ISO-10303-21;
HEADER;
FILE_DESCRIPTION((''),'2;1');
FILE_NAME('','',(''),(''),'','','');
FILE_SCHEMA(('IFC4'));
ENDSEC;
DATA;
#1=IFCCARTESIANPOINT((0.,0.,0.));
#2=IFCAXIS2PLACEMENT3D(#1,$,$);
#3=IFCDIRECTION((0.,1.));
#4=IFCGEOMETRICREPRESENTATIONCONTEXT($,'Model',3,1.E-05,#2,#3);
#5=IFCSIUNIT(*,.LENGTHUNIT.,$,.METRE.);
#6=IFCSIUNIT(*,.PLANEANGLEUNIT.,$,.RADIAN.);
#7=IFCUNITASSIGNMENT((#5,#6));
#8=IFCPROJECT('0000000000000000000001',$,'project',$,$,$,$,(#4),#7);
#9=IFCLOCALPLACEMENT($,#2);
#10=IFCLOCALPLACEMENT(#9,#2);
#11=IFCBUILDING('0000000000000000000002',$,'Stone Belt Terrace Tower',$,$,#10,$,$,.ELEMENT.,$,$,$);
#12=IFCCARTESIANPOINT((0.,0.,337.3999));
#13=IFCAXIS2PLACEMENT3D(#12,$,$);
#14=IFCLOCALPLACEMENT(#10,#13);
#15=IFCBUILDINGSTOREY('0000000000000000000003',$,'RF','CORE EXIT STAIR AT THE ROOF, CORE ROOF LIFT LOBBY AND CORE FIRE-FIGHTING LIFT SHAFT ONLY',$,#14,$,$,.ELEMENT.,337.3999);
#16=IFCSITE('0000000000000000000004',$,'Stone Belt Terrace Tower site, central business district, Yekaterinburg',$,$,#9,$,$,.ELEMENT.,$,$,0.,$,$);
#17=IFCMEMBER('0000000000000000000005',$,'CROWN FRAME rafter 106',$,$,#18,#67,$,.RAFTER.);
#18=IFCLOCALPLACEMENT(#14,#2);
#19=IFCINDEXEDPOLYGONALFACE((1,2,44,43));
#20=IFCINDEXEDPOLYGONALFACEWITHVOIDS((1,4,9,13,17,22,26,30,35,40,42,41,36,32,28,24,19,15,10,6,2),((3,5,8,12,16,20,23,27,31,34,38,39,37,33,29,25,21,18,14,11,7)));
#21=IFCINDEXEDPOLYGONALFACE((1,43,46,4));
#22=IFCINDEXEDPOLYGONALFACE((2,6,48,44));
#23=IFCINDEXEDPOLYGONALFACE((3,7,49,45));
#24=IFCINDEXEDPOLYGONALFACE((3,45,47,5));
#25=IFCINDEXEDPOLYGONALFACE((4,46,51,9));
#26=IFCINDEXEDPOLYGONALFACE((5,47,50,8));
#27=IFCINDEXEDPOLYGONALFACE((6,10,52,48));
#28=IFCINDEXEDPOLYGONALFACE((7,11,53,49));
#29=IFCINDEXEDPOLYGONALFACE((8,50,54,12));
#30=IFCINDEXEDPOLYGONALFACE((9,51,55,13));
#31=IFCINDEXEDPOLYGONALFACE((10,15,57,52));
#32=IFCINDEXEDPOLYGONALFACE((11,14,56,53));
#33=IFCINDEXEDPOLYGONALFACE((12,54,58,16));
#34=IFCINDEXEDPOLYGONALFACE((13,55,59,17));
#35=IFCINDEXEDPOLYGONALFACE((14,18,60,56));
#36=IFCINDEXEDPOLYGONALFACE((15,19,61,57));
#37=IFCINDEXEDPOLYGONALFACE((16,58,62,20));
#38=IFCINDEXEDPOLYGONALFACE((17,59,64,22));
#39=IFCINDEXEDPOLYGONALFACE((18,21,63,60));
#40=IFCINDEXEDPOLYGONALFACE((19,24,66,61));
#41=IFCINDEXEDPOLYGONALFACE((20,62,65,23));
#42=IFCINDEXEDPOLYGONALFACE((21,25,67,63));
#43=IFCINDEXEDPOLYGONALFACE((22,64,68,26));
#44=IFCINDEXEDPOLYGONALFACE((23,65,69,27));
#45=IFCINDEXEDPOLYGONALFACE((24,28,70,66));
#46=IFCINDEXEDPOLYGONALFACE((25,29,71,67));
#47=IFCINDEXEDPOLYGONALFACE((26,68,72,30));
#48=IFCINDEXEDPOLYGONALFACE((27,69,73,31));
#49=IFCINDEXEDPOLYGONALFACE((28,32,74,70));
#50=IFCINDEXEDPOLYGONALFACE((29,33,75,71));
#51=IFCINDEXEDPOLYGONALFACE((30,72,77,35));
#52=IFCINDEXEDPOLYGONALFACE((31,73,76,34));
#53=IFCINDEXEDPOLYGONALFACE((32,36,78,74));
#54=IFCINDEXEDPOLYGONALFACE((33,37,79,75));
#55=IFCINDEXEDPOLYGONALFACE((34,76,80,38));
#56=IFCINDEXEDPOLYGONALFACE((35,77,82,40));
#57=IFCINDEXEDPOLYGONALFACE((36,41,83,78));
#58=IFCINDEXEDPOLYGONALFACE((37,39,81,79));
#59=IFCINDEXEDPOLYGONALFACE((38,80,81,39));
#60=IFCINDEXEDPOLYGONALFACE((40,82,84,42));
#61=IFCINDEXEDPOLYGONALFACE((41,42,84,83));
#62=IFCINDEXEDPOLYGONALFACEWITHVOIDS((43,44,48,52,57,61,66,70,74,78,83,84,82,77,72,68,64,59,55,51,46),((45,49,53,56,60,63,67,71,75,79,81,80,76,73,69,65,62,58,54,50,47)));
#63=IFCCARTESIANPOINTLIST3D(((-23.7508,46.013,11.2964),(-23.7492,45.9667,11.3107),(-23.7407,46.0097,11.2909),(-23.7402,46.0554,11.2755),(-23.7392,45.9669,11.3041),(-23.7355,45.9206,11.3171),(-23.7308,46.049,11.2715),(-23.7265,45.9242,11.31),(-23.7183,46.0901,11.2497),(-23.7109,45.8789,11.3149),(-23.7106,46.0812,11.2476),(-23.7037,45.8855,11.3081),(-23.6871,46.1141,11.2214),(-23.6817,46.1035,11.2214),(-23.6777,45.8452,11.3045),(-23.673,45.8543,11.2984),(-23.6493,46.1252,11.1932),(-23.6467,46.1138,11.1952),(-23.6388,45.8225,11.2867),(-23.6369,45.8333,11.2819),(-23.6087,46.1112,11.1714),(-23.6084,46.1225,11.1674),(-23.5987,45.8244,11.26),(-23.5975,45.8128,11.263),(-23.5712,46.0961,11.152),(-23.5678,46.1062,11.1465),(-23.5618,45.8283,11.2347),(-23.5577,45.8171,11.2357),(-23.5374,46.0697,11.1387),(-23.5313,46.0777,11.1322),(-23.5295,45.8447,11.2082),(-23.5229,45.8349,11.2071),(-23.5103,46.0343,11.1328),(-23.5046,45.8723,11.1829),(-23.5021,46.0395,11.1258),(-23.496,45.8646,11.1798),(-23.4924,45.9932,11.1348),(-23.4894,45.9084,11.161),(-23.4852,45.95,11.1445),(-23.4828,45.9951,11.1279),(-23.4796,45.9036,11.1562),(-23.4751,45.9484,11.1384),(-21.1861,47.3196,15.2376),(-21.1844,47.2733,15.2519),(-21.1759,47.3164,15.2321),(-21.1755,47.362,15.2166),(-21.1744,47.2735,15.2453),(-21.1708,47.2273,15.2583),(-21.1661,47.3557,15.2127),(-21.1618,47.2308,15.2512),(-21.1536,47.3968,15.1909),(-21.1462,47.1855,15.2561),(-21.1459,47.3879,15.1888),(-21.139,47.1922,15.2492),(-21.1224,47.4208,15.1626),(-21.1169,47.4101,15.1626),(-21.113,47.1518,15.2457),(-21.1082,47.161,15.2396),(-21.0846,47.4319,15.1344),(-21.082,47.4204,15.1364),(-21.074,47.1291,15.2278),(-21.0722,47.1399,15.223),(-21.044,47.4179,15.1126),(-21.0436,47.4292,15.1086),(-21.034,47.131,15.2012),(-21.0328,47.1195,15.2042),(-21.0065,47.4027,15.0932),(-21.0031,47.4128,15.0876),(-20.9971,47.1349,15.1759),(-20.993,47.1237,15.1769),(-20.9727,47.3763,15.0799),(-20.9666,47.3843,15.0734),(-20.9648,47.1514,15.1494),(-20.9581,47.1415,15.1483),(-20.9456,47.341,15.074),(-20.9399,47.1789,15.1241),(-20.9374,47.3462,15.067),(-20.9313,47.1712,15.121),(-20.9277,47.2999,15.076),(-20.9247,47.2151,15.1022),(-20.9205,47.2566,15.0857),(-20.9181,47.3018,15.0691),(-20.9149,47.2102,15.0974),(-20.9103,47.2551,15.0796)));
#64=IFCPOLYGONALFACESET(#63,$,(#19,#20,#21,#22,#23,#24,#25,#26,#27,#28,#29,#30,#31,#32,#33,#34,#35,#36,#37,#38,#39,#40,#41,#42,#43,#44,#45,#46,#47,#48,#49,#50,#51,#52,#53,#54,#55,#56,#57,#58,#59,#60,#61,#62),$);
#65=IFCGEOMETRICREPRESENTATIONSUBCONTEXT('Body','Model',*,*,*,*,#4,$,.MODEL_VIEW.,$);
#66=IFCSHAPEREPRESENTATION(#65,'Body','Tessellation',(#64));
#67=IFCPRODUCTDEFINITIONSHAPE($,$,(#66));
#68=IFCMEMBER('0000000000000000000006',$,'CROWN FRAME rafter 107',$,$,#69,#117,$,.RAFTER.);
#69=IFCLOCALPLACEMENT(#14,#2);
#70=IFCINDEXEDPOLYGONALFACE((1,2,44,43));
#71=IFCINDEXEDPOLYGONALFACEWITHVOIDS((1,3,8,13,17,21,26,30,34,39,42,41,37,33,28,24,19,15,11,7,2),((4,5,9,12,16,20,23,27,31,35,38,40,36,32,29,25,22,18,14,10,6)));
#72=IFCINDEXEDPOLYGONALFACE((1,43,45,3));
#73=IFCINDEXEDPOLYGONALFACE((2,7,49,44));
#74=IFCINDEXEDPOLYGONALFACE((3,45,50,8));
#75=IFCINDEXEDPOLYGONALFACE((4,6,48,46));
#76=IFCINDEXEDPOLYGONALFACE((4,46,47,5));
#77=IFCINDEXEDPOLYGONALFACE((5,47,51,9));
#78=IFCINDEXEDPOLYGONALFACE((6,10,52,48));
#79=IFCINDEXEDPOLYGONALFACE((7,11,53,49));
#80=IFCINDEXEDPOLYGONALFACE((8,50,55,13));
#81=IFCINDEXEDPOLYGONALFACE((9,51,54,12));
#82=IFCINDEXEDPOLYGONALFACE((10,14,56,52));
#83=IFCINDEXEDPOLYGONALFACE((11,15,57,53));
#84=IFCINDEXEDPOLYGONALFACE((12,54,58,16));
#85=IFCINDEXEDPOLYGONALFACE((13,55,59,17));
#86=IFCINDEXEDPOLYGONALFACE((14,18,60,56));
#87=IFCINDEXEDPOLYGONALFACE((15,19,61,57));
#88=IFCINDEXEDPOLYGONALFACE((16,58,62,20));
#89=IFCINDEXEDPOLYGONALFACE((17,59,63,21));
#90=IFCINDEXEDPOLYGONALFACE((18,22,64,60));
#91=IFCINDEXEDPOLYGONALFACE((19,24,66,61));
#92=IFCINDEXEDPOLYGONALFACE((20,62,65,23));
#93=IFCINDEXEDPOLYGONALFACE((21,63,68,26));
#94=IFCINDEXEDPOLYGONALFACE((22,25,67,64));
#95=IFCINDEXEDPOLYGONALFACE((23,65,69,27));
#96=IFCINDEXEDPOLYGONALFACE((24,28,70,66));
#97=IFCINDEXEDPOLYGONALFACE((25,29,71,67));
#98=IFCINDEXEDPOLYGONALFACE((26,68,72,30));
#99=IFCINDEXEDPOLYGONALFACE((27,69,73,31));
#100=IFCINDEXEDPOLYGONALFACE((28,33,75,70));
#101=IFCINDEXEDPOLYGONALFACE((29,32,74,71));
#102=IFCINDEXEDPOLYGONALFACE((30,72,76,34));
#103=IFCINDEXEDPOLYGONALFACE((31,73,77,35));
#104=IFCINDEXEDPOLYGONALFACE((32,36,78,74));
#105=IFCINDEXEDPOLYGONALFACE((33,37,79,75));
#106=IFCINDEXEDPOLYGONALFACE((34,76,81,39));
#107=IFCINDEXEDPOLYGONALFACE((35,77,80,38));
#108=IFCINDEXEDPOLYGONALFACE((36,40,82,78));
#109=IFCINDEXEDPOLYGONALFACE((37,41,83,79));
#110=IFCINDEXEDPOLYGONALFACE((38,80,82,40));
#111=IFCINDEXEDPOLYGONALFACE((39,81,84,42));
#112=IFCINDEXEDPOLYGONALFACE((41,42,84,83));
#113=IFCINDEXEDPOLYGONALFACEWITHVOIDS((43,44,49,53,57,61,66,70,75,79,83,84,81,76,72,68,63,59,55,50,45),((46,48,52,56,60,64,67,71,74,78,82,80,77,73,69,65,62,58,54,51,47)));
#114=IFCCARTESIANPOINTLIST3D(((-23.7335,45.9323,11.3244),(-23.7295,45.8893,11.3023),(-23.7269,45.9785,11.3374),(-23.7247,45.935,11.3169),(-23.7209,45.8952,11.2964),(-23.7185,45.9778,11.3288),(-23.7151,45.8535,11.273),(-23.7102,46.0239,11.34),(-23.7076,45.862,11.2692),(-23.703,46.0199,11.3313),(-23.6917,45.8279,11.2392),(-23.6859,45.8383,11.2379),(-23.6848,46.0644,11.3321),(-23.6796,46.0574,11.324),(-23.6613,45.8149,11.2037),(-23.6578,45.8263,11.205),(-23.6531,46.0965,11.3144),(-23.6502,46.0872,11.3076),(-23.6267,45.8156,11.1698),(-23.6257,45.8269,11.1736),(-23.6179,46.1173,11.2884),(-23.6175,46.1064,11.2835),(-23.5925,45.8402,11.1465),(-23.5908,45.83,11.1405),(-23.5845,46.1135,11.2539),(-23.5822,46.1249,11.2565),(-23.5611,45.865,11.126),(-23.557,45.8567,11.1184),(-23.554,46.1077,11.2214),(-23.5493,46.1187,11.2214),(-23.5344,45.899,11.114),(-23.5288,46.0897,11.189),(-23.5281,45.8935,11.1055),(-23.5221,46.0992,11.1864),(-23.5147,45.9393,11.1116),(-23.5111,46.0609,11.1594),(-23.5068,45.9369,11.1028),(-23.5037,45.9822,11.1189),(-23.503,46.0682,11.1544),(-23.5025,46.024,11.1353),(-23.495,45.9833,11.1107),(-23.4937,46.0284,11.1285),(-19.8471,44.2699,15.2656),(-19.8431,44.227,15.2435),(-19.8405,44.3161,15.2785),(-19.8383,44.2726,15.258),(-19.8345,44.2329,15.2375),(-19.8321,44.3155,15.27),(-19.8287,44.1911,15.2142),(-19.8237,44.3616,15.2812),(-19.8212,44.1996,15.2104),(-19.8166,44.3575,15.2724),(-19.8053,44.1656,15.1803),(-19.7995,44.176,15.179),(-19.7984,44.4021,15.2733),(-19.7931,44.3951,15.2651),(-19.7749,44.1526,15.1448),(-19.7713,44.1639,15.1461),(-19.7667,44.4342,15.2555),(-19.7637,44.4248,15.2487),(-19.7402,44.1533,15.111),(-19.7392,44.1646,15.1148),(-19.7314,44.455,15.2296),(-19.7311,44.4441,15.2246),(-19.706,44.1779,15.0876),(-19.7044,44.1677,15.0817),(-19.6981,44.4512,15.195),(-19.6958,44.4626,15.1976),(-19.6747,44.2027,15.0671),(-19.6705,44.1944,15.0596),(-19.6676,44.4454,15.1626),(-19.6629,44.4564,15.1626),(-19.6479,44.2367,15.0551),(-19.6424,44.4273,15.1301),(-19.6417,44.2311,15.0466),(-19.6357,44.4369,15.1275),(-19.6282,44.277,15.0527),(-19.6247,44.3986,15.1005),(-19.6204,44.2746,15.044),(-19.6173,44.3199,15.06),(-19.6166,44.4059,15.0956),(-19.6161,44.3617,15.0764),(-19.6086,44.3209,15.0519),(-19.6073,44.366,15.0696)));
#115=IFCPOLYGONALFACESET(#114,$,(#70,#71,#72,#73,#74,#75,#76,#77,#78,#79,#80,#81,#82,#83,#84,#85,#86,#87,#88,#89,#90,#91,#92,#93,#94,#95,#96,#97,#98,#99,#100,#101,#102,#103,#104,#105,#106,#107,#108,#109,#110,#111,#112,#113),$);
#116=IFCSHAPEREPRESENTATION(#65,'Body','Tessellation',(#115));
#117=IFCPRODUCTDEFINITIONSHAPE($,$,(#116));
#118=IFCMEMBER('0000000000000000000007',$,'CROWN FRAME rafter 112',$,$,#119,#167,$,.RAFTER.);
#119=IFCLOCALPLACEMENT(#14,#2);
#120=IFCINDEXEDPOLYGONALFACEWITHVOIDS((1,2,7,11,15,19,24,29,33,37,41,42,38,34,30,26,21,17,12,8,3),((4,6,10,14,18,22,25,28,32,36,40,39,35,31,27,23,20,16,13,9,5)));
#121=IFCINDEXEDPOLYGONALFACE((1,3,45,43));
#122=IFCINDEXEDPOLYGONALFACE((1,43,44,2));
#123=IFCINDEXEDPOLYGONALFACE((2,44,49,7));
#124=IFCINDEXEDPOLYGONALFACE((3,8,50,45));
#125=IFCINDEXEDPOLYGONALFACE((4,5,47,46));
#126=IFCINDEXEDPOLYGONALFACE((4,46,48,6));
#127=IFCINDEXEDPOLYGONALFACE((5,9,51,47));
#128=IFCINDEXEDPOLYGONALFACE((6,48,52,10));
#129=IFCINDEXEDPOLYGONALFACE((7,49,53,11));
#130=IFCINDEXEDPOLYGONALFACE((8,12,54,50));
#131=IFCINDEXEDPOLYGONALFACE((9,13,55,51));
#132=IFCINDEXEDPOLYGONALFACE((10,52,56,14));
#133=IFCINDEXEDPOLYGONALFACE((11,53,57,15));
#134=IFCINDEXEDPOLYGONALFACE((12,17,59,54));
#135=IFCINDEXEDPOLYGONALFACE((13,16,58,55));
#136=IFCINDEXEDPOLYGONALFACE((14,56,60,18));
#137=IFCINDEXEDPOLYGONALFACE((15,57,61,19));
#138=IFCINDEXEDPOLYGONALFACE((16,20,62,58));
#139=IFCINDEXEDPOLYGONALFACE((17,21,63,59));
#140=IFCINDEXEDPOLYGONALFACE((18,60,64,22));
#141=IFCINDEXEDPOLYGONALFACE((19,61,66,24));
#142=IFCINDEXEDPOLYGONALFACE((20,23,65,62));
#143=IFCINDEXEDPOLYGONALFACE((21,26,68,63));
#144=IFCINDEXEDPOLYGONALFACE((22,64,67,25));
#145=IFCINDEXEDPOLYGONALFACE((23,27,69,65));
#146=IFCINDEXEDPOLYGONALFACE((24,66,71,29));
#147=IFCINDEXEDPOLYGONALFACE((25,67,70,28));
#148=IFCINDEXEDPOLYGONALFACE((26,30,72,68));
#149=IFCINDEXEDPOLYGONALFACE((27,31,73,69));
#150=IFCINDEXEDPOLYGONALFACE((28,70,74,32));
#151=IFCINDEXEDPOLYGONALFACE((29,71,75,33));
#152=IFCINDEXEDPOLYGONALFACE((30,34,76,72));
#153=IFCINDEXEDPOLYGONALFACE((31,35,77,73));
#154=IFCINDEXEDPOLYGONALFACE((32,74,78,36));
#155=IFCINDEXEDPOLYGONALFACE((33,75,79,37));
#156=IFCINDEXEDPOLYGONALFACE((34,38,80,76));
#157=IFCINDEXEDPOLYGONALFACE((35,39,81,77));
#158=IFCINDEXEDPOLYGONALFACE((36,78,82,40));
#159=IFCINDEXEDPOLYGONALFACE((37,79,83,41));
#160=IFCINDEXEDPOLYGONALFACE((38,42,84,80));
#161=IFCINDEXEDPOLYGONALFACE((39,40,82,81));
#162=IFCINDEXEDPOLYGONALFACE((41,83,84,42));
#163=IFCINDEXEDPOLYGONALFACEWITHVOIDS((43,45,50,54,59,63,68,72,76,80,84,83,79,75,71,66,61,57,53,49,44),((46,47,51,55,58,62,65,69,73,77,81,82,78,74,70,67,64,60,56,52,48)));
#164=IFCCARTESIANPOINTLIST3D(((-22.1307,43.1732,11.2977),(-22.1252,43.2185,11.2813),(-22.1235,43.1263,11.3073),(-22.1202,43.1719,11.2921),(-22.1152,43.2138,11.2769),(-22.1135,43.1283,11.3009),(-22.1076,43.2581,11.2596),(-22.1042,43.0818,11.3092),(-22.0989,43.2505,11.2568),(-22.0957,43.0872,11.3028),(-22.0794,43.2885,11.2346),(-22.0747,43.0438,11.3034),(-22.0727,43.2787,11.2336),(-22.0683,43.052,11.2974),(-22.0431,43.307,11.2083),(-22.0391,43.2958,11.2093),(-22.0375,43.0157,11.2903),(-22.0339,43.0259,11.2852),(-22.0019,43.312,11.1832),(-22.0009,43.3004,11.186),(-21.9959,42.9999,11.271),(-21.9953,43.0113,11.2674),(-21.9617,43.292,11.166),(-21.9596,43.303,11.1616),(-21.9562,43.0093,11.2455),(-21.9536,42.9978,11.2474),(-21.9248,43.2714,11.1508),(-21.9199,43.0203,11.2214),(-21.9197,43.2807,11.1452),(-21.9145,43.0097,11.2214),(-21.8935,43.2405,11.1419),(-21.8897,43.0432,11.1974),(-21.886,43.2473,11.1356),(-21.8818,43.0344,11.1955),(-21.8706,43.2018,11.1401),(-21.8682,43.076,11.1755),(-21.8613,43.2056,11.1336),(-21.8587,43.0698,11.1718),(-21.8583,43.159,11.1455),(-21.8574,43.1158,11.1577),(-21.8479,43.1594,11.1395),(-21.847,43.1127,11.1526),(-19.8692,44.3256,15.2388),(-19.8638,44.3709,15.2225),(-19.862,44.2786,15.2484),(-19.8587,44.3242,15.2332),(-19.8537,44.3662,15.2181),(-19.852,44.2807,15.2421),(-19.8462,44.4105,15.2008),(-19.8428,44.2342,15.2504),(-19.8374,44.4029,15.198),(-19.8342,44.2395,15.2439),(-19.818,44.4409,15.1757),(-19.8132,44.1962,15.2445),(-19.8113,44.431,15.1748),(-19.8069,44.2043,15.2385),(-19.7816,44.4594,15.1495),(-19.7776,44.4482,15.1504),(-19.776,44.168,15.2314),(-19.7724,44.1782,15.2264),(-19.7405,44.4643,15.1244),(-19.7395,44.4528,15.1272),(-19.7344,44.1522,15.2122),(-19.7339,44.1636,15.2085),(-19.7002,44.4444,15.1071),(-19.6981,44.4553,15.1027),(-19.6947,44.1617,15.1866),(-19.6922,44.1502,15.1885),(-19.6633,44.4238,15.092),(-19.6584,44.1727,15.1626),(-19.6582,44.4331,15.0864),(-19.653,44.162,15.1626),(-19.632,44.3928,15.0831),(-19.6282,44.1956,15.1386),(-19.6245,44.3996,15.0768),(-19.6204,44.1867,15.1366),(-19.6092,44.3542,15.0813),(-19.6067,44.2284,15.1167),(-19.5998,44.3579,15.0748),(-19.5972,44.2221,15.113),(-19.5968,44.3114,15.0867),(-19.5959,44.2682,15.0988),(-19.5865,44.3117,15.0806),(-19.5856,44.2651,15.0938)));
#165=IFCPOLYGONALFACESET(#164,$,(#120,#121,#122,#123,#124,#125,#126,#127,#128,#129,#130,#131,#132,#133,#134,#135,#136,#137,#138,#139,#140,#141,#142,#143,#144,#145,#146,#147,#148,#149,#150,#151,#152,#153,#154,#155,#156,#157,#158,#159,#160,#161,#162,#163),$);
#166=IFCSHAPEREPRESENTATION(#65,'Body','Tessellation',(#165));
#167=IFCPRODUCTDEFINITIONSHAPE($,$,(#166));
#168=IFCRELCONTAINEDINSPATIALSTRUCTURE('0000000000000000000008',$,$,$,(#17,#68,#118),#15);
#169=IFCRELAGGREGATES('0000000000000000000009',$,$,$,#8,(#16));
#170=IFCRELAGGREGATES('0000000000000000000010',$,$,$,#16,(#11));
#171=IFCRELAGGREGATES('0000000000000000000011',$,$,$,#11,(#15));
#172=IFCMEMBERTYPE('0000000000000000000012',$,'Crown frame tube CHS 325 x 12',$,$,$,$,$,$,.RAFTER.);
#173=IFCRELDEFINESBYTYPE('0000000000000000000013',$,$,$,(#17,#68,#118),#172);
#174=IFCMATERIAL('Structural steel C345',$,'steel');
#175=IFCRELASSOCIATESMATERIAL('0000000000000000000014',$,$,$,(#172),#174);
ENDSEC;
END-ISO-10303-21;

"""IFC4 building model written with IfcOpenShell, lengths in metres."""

from ifc_helpers import new_model, si_unit, direction, frame, origin, origin_2d, place, context, subcontext, project, spatial, hollow_circle, extrude, material, material_profile, profile_set, type_object, element, save


model = new_model("IFC4")

# Units and contexts
model_context = context("Model", 3, precision=1e-05, world=origin(), true_north=direction((0.0, 1.0)))
body_context = subcontext(model_context, "Body", "Model", "MODEL_VIEW")
ifc_project = project(units=[si_unit("LENGTHUNIT", "METRE"), si_unit("PLANEANGLEUNIT", "RADIAN")], contexts=[model_context])

# Site, building, storey
site_placement = place(None, origin())
site = spatial("IfcSite", under=ifc_project, at=site_placement, Name="Stone Belt Terrace Tower site, central business district, Yekaterinburg", CompositionType="ELEMENT", RefElevation=0.0)
building_placement = place(site_placement, origin())
building = spatial("IfcBuilding", under=site, at=building_placement, Name="Stone Belt Terrace Tower", CompositionType="ELEMENT")
storey_placement = place(building_placement, frame((0.0, 0.0, 337.3999)))
storey = spatial("IfcBuildingStorey", under=building, at=storey_placement, Name="RF", Description="CORE EXIT STAIR AT THE ROOF, CORE ROOF LIFT LOBBY AND CORE FIRE-FIGHTING LIFT SHAFT ONLY", CompositionType="ELEMENT", Elevation=337.3999)

# Members
ifc_material_1 = material(Name="Structural steel C345", Category="steel")
ifc_material_profile_1 = material_profile(ifc_material_1, hollow_circle(Radius=0.1626, WallThickness=0.012, at=origin_2d()), Name="Structural steel C345 CHS 325x12")
ifc_profile_set_1 = profile_set([ifc_material_profile_1], Name="Structural steel C345")
member_type_1 = type_object("IfcMemberType", Name="Crown frame tube CHS 325 x 12", PredefinedType="RAFTER", material=ifc_profile_set_1)
member_1_placement = place(storey_placement, frame((-23.6133, 45.9692, 11.2214), z_axis=(0.525516, 0.267735, 0.807559), x_axis=(-0.453952, 0.891026, 0.0)))
element("IfcMember", 1, at=member_1_placement, inside=storey, type_object=member_type_1, Name="CROWN FRAME rafter 106", PredefinedType="RAFTER", context=body_context, shape_type="SweptSolid", body=[
    extrude(hollow_circle(Radius=0.1626, WallThickness=0.012, at=origin_2d()), origin(), (0.0, 0.0, 1.0), 4.8804),
])
member_2_placement = place(storey_placement, frame((-23.6133, 45.9692, 11.2214), z_axis=(0.672476, -0.287637, 0.681939), x_axis=(0.393264, 0.919426, 0.0)))
element("IfcMember", 2, at=member_2_placement, inside=storey, type_object=member_type_1, Name="CROWN FRAME rafter 107", PredefinedType="RAFTER", context=body_context, shape_type="SweptSolid", body=[
    extrude(hollow_circle(Radius=0.1626, WallThickness=0.012, at=origin_2d()), origin(), (0.0, 0.0, 1.0), 5.7793),
])
member_3_placement = place(storey_placement, frame((-19.7268, 44.3069, 15.1626), z_axis=(-0.482423, -0.245821, -0.840738), x_axis=(0.454011, -0.890996, 0.0)))
element("IfcMember", 3, at=member_3_placement, inside=storey, type_object=member_type_1, Name="CROWN FRAME rafter 112", PredefinedType="RAFTER", context=body_context, shape_type="SweptSolid", body=[
    extrude(hollow_circle(Radius=0.1626, WallThickness=0.012, at=origin_2d()), origin(), (0.0, 0.0, 1.0), 4.6877),
])

save(model, "model.ifc")
